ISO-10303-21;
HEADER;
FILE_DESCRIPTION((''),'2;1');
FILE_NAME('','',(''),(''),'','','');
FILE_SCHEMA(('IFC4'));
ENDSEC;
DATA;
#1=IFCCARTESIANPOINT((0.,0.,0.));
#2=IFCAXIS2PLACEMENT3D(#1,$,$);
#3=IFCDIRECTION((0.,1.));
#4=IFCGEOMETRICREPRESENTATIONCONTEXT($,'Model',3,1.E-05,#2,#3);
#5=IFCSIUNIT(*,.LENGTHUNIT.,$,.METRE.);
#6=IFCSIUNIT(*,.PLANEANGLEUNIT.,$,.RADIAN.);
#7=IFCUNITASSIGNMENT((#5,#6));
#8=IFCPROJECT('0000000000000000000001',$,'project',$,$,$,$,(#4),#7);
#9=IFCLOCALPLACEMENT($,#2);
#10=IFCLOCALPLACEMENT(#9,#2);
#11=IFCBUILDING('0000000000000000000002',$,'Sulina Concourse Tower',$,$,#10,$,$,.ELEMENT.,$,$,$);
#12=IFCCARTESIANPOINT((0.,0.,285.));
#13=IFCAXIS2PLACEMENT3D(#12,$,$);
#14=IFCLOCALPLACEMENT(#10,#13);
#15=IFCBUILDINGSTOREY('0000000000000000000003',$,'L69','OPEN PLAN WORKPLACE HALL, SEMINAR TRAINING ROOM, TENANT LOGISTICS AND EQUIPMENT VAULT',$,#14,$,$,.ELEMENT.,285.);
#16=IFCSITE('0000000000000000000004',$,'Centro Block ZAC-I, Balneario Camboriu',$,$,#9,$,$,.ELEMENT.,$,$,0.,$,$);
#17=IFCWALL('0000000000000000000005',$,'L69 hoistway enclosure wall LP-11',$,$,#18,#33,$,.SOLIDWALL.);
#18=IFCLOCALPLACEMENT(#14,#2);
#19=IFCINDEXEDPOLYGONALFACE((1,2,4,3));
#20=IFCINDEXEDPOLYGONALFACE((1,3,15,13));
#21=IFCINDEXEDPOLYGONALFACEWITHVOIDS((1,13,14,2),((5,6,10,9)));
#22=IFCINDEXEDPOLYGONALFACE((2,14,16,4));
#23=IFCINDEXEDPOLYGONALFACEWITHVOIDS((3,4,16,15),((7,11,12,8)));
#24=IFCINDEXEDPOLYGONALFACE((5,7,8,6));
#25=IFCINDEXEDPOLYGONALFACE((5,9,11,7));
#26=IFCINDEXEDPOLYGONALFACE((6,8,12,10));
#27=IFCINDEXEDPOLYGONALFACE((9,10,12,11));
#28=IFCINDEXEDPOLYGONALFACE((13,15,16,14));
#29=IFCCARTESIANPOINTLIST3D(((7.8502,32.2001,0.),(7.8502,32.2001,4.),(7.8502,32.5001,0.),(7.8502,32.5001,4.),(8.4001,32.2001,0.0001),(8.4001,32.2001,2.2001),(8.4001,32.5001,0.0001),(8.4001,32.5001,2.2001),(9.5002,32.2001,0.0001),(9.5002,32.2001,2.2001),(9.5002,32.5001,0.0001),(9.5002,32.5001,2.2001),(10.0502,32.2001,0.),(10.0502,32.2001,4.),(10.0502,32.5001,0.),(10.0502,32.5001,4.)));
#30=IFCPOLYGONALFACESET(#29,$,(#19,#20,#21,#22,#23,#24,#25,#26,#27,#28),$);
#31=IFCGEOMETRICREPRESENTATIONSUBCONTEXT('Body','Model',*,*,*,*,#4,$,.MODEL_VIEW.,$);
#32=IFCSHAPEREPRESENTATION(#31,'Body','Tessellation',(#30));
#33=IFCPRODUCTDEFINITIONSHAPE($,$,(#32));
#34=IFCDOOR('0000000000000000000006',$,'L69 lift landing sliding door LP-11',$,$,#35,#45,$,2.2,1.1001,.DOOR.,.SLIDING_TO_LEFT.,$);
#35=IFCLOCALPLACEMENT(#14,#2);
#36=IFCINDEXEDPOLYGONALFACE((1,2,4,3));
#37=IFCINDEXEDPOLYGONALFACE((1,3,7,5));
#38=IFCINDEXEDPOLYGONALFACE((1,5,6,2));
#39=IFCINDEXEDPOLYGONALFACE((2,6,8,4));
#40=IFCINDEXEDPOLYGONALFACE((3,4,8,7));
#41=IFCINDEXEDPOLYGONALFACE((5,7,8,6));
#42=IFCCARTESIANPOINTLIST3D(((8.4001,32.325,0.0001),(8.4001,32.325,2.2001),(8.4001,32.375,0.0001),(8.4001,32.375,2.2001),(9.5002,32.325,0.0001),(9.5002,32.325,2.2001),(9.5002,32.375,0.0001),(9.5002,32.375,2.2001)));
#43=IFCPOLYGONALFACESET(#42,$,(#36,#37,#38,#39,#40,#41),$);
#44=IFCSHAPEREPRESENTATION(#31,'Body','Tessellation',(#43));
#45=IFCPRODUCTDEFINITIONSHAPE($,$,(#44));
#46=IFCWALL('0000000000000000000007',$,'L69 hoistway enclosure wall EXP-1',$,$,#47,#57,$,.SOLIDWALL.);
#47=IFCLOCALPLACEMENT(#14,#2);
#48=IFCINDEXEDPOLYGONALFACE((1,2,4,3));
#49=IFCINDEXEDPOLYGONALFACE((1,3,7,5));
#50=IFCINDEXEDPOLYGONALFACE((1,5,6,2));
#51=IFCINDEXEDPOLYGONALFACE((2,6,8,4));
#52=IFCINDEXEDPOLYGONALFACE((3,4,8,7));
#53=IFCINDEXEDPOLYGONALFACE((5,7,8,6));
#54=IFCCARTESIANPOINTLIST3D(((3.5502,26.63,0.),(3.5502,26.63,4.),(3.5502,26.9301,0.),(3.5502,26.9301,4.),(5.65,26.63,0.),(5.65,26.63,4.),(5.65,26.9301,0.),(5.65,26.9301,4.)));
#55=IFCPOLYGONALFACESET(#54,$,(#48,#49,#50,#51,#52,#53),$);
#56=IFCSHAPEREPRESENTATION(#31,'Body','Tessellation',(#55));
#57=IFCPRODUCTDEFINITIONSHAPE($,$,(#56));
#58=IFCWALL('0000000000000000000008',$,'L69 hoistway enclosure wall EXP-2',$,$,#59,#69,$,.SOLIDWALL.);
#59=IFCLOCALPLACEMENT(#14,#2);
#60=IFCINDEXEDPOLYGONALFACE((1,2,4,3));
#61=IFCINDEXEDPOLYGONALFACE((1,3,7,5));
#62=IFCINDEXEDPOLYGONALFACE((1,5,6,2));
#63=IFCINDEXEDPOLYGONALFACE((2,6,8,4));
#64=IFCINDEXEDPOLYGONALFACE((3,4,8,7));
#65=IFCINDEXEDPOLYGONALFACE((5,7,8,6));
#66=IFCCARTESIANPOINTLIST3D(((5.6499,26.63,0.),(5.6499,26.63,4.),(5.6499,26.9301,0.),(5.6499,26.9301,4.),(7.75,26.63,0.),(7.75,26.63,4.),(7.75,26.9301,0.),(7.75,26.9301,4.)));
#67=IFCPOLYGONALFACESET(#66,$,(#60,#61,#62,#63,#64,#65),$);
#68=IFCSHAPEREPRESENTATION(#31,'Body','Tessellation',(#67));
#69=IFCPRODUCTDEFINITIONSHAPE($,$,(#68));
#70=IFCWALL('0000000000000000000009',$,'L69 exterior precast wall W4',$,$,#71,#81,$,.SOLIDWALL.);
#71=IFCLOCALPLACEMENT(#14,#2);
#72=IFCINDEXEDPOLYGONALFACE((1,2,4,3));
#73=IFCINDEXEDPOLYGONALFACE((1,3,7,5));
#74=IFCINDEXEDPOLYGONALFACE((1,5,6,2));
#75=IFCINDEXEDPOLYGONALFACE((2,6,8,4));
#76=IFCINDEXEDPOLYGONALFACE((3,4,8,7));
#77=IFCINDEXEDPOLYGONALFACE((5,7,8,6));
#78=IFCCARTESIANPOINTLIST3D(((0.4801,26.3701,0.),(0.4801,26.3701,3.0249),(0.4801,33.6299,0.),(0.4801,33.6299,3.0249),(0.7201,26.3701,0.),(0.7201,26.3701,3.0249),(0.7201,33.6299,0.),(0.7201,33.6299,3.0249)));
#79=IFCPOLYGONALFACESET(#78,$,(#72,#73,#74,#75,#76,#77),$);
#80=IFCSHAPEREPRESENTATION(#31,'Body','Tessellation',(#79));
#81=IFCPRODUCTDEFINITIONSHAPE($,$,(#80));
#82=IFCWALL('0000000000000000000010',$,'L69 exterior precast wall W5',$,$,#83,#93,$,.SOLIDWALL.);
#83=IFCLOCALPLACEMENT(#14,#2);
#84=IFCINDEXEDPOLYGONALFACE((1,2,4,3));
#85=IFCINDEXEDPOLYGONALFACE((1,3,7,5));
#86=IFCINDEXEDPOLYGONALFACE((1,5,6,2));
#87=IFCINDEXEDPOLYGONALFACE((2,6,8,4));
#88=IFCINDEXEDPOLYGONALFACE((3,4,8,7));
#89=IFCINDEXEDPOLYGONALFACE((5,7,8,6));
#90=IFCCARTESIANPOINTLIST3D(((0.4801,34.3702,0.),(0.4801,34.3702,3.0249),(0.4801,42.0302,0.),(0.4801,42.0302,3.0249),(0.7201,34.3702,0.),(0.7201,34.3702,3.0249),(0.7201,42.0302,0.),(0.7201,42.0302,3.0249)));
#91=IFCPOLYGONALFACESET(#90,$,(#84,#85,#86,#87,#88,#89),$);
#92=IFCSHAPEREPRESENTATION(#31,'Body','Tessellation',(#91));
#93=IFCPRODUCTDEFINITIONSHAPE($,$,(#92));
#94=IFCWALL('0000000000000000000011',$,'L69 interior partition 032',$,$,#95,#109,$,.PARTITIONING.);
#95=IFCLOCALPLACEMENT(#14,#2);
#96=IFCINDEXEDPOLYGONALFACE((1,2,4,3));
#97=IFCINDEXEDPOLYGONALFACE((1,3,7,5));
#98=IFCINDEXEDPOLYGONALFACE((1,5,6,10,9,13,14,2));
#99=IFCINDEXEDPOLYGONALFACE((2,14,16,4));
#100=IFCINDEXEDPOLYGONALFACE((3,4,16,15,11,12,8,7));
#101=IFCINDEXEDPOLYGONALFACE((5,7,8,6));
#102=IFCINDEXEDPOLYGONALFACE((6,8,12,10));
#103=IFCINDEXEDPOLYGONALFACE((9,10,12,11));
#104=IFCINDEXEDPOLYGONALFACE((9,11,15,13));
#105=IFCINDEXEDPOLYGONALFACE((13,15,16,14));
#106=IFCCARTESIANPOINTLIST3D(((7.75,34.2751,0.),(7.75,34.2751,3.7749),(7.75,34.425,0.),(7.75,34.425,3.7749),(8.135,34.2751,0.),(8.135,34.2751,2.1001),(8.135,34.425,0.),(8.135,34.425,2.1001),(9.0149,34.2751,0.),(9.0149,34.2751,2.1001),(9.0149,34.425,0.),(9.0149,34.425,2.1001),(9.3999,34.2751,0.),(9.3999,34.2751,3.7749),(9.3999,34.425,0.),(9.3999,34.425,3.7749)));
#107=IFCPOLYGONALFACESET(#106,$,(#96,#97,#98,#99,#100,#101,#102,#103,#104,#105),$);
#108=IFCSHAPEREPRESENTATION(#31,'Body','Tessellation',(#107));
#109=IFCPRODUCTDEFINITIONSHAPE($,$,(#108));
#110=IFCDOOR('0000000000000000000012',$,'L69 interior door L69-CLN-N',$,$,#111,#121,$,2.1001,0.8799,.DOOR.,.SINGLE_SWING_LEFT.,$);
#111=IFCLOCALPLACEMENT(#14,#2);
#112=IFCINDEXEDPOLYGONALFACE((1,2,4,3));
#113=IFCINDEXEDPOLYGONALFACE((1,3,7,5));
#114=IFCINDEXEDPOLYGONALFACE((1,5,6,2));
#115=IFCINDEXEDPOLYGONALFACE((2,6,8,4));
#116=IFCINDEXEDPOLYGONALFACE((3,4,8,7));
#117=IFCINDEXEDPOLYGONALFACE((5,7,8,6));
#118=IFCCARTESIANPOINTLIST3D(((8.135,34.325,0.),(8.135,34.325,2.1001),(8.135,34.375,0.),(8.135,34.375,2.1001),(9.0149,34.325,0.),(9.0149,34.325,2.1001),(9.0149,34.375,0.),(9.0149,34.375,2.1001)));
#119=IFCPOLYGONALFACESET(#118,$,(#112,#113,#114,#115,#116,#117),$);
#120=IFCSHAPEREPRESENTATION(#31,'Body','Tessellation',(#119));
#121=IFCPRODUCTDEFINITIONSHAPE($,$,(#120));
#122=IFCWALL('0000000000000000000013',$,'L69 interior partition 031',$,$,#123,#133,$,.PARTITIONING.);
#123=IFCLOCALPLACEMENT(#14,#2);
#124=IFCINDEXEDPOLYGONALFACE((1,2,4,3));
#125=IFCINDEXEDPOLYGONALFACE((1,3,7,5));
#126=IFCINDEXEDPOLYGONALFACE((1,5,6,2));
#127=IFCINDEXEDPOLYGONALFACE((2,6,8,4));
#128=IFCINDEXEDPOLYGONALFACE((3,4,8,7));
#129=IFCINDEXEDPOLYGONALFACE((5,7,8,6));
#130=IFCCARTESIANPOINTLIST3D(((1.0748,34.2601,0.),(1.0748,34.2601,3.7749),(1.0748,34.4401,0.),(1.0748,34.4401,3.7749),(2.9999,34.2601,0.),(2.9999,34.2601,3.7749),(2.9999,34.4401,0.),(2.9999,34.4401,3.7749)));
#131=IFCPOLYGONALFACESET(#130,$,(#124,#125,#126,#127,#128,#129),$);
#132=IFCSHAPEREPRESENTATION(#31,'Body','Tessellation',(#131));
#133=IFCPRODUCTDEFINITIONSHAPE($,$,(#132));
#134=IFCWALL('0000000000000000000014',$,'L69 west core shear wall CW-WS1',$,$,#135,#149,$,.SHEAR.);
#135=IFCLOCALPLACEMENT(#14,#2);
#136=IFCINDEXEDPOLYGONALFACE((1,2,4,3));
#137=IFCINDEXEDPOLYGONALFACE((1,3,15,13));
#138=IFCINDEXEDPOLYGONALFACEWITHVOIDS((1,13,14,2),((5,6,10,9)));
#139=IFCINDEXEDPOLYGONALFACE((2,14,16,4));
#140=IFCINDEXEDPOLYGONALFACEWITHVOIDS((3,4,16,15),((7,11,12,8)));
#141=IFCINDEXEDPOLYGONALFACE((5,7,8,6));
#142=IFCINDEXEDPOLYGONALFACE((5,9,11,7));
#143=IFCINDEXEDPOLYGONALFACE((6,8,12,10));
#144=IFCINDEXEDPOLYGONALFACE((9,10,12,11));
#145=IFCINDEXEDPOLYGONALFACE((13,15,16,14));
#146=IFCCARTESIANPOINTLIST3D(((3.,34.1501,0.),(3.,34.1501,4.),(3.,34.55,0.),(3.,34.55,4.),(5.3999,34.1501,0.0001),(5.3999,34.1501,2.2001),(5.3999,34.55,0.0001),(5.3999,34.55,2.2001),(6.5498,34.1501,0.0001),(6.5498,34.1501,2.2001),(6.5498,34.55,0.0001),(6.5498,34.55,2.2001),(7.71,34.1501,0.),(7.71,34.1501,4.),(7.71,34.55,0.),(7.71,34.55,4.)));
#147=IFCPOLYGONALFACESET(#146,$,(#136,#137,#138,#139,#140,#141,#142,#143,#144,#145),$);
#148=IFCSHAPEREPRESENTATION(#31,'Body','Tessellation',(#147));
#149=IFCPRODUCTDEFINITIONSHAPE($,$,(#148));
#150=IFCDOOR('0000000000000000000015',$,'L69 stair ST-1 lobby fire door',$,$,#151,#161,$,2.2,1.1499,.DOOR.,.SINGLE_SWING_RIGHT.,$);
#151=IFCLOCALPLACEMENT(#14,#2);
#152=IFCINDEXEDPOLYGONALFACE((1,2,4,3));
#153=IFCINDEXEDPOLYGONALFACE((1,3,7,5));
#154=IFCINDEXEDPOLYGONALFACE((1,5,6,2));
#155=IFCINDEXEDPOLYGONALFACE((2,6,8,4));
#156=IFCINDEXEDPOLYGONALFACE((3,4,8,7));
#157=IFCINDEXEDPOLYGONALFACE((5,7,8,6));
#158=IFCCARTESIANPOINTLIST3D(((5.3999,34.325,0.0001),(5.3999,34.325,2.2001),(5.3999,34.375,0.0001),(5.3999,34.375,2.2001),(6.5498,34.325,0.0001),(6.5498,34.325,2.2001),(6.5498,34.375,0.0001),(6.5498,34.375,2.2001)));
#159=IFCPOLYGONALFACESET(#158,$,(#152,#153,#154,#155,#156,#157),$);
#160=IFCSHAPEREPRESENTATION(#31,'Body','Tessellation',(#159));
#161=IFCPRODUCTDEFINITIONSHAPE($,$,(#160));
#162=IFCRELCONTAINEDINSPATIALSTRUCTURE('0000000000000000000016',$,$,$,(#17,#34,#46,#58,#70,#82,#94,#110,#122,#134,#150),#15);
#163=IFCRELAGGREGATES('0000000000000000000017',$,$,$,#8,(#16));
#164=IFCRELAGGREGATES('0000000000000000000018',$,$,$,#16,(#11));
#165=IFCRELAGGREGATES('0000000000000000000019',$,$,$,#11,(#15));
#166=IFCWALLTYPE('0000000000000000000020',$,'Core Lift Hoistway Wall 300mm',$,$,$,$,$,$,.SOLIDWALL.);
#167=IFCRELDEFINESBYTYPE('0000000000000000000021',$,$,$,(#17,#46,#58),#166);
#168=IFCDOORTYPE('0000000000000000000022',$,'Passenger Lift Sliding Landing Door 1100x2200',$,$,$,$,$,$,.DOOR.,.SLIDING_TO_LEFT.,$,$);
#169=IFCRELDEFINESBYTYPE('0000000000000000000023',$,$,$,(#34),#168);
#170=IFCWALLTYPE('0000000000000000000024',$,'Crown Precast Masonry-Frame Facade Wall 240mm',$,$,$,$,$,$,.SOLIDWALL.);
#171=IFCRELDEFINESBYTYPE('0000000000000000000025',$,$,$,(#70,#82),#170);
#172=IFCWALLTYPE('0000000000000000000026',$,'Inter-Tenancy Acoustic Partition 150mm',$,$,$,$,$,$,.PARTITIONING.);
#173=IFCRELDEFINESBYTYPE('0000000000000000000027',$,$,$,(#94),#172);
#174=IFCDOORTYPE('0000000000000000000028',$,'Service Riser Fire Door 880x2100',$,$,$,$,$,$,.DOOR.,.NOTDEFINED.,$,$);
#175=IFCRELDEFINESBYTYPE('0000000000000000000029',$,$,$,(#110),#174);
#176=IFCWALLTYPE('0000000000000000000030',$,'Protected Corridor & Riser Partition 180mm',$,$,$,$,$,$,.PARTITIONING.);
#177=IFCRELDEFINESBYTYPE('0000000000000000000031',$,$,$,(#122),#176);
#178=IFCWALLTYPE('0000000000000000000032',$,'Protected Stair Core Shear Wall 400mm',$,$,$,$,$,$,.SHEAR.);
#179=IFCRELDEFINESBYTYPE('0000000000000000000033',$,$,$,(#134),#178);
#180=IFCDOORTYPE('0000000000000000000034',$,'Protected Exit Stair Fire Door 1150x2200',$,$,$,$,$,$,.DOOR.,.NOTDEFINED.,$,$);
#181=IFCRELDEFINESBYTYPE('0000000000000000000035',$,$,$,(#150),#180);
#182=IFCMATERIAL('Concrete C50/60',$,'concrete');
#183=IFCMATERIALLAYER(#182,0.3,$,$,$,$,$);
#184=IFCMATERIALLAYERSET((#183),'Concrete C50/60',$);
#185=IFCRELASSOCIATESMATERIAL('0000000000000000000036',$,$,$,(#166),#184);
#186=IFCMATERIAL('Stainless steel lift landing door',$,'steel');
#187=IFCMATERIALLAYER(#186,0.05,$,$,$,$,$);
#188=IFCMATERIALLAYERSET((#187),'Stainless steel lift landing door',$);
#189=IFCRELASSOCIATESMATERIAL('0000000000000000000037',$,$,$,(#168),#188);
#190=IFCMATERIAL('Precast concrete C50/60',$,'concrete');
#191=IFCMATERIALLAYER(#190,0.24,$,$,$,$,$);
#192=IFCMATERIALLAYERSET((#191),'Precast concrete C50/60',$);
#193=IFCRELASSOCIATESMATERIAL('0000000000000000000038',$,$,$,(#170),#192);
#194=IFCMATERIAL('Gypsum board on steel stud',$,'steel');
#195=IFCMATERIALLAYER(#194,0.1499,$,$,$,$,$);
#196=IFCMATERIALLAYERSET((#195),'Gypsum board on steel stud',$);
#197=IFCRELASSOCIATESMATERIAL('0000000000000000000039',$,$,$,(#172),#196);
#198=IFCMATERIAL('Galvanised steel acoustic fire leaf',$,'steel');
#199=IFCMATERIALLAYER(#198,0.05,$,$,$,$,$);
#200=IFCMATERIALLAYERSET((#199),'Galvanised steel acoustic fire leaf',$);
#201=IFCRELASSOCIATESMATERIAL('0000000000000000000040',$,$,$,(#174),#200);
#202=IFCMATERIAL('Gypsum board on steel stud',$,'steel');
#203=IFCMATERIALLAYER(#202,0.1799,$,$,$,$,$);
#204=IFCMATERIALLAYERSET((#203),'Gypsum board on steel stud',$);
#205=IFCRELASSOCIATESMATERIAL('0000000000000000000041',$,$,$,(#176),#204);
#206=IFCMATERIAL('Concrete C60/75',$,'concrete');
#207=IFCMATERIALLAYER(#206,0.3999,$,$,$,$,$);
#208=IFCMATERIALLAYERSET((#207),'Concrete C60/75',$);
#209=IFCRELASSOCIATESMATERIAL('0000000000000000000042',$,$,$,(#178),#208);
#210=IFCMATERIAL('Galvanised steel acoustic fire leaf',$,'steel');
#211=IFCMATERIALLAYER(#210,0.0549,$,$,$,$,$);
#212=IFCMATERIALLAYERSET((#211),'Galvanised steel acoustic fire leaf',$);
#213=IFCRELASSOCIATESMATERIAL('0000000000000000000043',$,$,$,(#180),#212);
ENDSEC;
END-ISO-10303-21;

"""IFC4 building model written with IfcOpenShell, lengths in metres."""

from ifc_helpers import new_model, si_unit, direction, frame, frame_2d, origin, place, context, subcontext, project, spatial, rectangle, extrude, material, layer, layer_set, type_object, element, fill, save


model = new_model("IFC4")

# Units and contexts
model_context = context("Model", 3, precision=1e-05, world=origin(), true_north=direction((0.0, 1.0)))
body_context = subcontext(model_context, "Body", "Model", "MODEL_VIEW")
ifc_project = project(units=[si_unit("LENGTHUNIT", "METRE"), si_unit("PLANEANGLEUNIT", "RADIAN")], contexts=[model_context])

# Site, building, storey
site_placement = place(None, origin())
site = spatial("IfcSite", under=ifc_project, at=site_placement, Name="Centro Block ZAC-I, Balneario Camboriu", CompositionType="ELEMENT", RefElevation=0.0)
building_placement = place(site_placement, origin())
building = spatial("IfcBuilding", under=site, at=building_placement, Name="Sulina Concourse Tower", CompositionType="ELEMENT")
storey_placement = place(building_placement, frame((0.0, 0.0, 285.0)))
storey = spatial("IfcBuildingStorey", under=building, at=storey_placement, Name="L69", Description="OPEN PLAN WORKPLACE HALL, SEMINAR TRAINING ROOM, TENANT LOGISTICS AND EQUIPMENT VAULT", CompositionType="ELEMENT", Elevation=285.0)

# Wall, opening, door
ifc_material_1 = material(Name="Concrete C50/60", Category="concrete")
ifc_layer_1 = layer(ifc_material_1, 0.3)
ifc_layer_set_1 = layer_set([ifc_layer_1], Name="Concrete C50/60")
wall_type_1 = type_object("IfcWallType", Name="Core Lift Hoistway Wall 300mm", PredefinedType="SOLIDWALL", material=ifc_layer_set_1)
ifc_material_2 = material(Name="Stainless steel lift landing door", Category="steel")
ifc_layer_2 = layer(ifc_material_2, 0.05)
ifc_layer_set_2 = layer_set([ifc_layer_2], Name="Stainless steel lift landing door")
door_type_1 = type_object("IfcDoorType", Name="Passenger Lift Sliding Landing Door 1100x2200", OperationType="SLIDING_TO_LEFT", PredefinedType="DOOR", material=ifc_layer_set_2)
wall_1_placement = place(storey_placement, frame((7.8501, 32.3501, 0.0), z_axis=(0.0, 0.0, 1.0), x_axis=(1.0, 0.0, 0.0)))
wall_1 = element("IfcWall", 1, at=wall_1_placement, inside=storey, type_object=wall_type_1, Name="L69 hoistway enclosure wall LP-11", PredefinedType="SOLIDWALL", context=body_context, shape_type="SweptSolid", body=[
    extrude(rectangle(XDim=2.2, YDim=0.3, at=frame_2d((1.1001, 0.0))), origin(), (0.0, 0.0, 1.0), 4.0),
])
opening_1_placement = place(wall_1_placement, frame((0.55, 0.0, 0.0)))
opening_1 = element("IfcOpeningElement", 2, at=opening_1_placement, cuts=wall_1, PredefinedType="OPENING", context=body_context, shape_type="SweptSolid", body=[
    extrude(rectangle(XDim=1.1001, YDim=2.2, at=frame_2d((0.55, 1.1001))), frame((0.0, 0.1599, 0.0), z_axis=(0.0, -1.0, 0.0), x_axis=(1.0, 0.0, 0.0)), (0.0, 0.0, 1.0), 0.3201),
])
door_1_placement = place(opening_1_placement, origin())
door_1 = element("IfcDoor", 3, at=door_1_placement, inside=storey, type_object=door_type_1, Name="L69 lift landing sliding door LP-11", OperationType="SLIDING_TO_LEFT", OverallHeight=2.2, OverallWidth=1.1001, PredefinedType="DOOR", context=body_context, shape_type="SweptSolid", body=[
    extrude(rectangle(XDim=1.1001, YDim=2.2, at=frame_2d((0.55, 1.1001))), frame((0.0, 0.0249, 0.0), z_axis=(0.0, -1.0, 0.0), x_axis=(1.0, 0.0, 0.0)), (0.0, 0.0, 1.0), 0.05),
])
fill(opening_1, door_1)

# Walls
wall_2_placement = place(storey_placement, frame((5.6499, 26.78, 0.0), z_axis=(0.0, 0.0, 1.0), x_axis=(-1.0, 0.0, 0.0)))
element("IfcWall", 4, at=wall_2_placement, inside=storey, type_object=wall_type_1, Name="L69 hoistway enclosure wall EXP-1", PredefinedType="SOLIDWALL", context=body_context, shape_type="SweptSolid", body=[
    extrude(rectangle(XDim=2.0999, YDim=0.3, at=frame_2d((1.0498, 0.0))), origin(), (0.0, 0.0, 1.0), 4.0),
])
wall_3_placement = place(storey_placement, frame((7.75, 26.78, 0.0), z_axis=(0.0, 0.0, 1.0), x_axis=(-1.0, 0.0, 0.0)))
element("IfcWall", 5, at=wall_3_placement, inside=storey, type_object=wall_type_1, Name="L69 hoistway enclosure wall EXP-2", PredefinedType="SOLIDWALL", context=body_context, shape_type="SweptSolid", body=[
    extrude(rectangle(XDim=2.1001, YDim=0.3, at=frame_2d((1.05, 0.0))), origin(), (0.0, 0.0, 1.0), 4.0),
])
ifc_material_3 = material(Name="Precast concrete C50/60", Category="concrete")
ifc_layer_3 = layer(ifc_material_3, 0.24)
ifc_layer_set_3 = layer_set([ifc_layer_3], Name="Precast concrete C50/60")
wall_type_2 = type_object("IfcWallType", Name="Crown Precast Masonry-Frame Facade Wall 240mm", PredefinedType="SOLIDWALL", material=ifc_layer_set_3)
wall_4_placement = place(storey_placement, frame((0.6001, 26.3701, 0.0), z_axis=(0.0, 0.0, 1.0), x_axis=(0.0, 1.0, 0.0)))
element("IfcWall", 6, at=wall_4_placement, inside=storey, type_object=wall_type_2, Name="L69 exterior precast wall W4", PredefinedType="SOLIDWALL", context=body_context, shape_type="SweptSolid", body=[
    extrude(rectangle(XDim=7.2598, YDim=0.24, at=frame_2d((3.6299, 0.0))), origin(), (0.0, 0.0, 1.0), 3.0249),
])
wall_5_placement = place(storey_placement, frame((0.6001, 34.3701, 0.0), z_axis=(0.0, 0.0, 1.0), x_axis=(0.0, 1.0, 0.0)))
element("IfcWall", 7, at=wall_5_placement, inside=storey, type_object=wall_type_2, Name="L69 exterior precast wall W5", PredefinedType="SOLIDWALL", context=body_context, shape_type="SweptSolid", body=[
    extrude(rectangle(XDim=7.6599, YDim=0.24, at=frame_2d((3.8301, 0.0))), origin(), (0.0, 0.0, 1.0), 3.0249),
])

# Wall, opening, door
ifc_material_4 = material(Name="Gypsum board on steel stud", Category="steel")
ifc_layer_4 = layer(ifc_material_4, 0.1499)
ifc_layer_set_4 = layer_set([ifc_layer_4], Name="Gypsum board on steel stud")
wall_type_3 = type_object("IfcWallType", Name="Inter-Tenancy Acoustic Partition 150mm", PredefinedType="PARTITIONING", material=ifc_layer_set_4)
wall_6_placement = place(storey_placement, frame((7.75, 34.3501, 0.0), z_axis=(0.0, 0.0, 1.0), x_axis=(1.0, 0.0, 0.0)))
wall_6 = element("IfcWall", 8, at=wall_6_placement, inside=storey, type_object=wall_type_3, Name="L69 interior partition 032", PredefinedType="PARTITIONING", context=body_context, shape_type="SweptSolid", body=[
    extrude(rectangle(XDim=1.6499, YDim=0.1499, at=frame_2d((0.825, 0.0))), origin(), (0.0, 0.0, 1.0), 3.7749),
])
opening_2_placement = place(wall_6_placement, frame((0.385, 0.0, 0.0)))
opening_2 = element("IfcOpeningElement", 9, at=opening_2_placement, cuts=wall_6, PredefinedType="OPENING", context=body_context, shape_type="SweptSolid", body=[
    extrude(rectangle(XDim=0.8799, YDim=2.1001, at=frame_2d((0.4399, 1.05))), frame((0.0, 0.085, 0.0), z_axis=(0.0, -1.0, 0.0), x_axis=(1.0, 0.0, 0.0)), (0.0, 0.0, 1.0), 0.1699),
])
ifc_material_5 = material(Name="Galvanised steel acoustic fire leaf", Category="steel")
ifc_layer_5 = layer(ifc_material_5, 0.05)
ifc_layer_set_5 = layer_set([ifc_layer_5], Name="Galvanised steel acoustic fire leaf")
door_type_2 = type_object("IfcDoorType", Name="Service Riser Fire Door 880x2100", OperationType="NOTDEFINED", PredefinedType="DOOR", material=ifc_layer_set_5)
door_2_placement = place(opening_2_placement, origin())
door_2 = element("IfcDoor", 10, at=door_2_placement, inside=storey, type_object=door_type_2, Name="L69 interior door L69-CLN-N", OperationType="SINGLE_SWING_LEFT", OverallHeight=2.1001, OverallWidth=0.8799, PredefinedType="DOOR", context=body_context, shape_type="SweptSolid", body=[
    extrude(rectangle(XDim=0.8799, YDim=2.1001, at=frame_2d((0.4399, 1.05))), frame((0.0, 0.0249, 0.0), z_axis=(0.0, -1.0, 0.0), x_axis=(1.0, 0.0, 0.0)), (0.0, 0.0, 1.0), 0.05),
])
fill(opening_2, door_2)

# Wall
ifc_material_6 = material(Name="Gypsum board on steel stud", Category="steel")
ifc_layer_6 = layer(ifc_material_6, 0.1799)
ifc_layer_set_6 = layer_set([ifc_layer_6], Name="Gypsum board on steel stud")
wall_type_4 = type_object("IfcWallType", Name="Protected Corridor & Riser Partition 180mm", PredefinedType="PARTITIONING", material=ifc_layer_set_6)
wall_7_placement = place(storey_placement, frame((1.075, 34.3501, 0.0), z_axis=(0.0, 0.0, 1.0), x_axis=(1.0, 0.0, 0.0)))
element("IfcWall", 11, at=wall_7_placement, inside=storey, type_object=wall_type_4, Name="L69 interior partition 031", PredefinedType="PARTITIONING", context=body_context, shape_type="SweptSolid", body=[
    extrude(rectangle(XDim=1.925, YDim=0.1799, at=frame_2d((0.9624, 0.0))), origin(), (0.0, 0.0, 1.0), 3.7749),
])

# Wall, opening, door
ifc_material_7 = material(Name="Concrete C60/75", Category="concrete")
ifc_layer_7 = layer(ifc_material_7, 0.3999)
ifc_layer_set_7 = layer_set([ifc_layer_7], Name="Concrete C60/75")
wall_type_5 = type_object("IfcWallType", Name="Protected Stair Core Shear Wall 400mm", PredefinedType="SHEAR", material=ifc_layer_set_7)
wall_8_placement = place(storey_placement, frame((3.0, 34.3501, 0.0), z_axis=(0.0, 0.0, 1.0), x_axis=(1.0, 0.0, 0.0)))
wall_8 = element("IfcWall", 12, at=wall_8_placement, inside=storey, type_object=wall_type_5, Name="L69 west core shear wall CW-WS1", PredefinedType="SHEAR", context=body_context, shape_type="SweptSolid", body=[
    extrude(rectangle(XDim=4.71, YDim=0.3999, at=frame_2d((2.355, 0.0))), origin(), (0.0, 0.0, 1.0), 4.0),
])
opening_3_placement = place(wall_8_placement, frame((2.3999, 0.0, 0.0)))
opening_3 = element("IfcOpeningElement", 13, at=opening_3_placement, cuts=wall_8, PredefinedType="OPENING", context=body_context, shape_type="SweptSolid", body=[
    extrude(rectangle(XDim=1.1499, YDim=2.2, at=frame_2d((0.575, 1.1001))), frame((0.0, 0.21, 0.0), z_axis=(0.0, -1.0, 0.0), x_axis=(1.0, 0.0, 0.0)), (0.0, 0.0, 1.0), 0.4199),
])
ifc_material_8 = material(Name="Galvanised steel acoustic fire leaf", Category="steel")
ifc_layer_8 = layer(ifc_material_8, 0.0549)
ifc_layer_set_8 = layer_set([ifc_layer_8], Name="Galvanised steel acoustic fire leaf")
door_type_3 = type_object("IfcDoorType", Name="Protected Exit Stair Fire Door 1150x2200", OperationType="NOTDEFINED", PredefinedType="DOOR", material=ifc_layer_set_8)
door_3_placement = place(opening_3_placement, origin())
door_3 = element("IfcDoor", 14, at=door_3_placement, inside=storey, type_object=door_type_3, Name="L69 stair ST-1 lobby fire door", OperationType="SINGLE_SWING_RIGHT", OverallHeight=2.2, OverallWidth=1.1499, PredefinedType="DOOR", context=body_context, shape_type="SweptSolid", body=[
    extrude(rectangle(XDim=1.1499, YDim=2.2, at=frame_2d((0.575, 1.1001))), frame((0.0, 0.0249, 0.0), z_axis=(0.0, -1.0, 0.0), x_axis=(1.0, 0.0, 0.0)), (0.0, 0.0, 1.0), 0.05),
])
fill(opening_3, door_3)

save(model, "model.ifc")
